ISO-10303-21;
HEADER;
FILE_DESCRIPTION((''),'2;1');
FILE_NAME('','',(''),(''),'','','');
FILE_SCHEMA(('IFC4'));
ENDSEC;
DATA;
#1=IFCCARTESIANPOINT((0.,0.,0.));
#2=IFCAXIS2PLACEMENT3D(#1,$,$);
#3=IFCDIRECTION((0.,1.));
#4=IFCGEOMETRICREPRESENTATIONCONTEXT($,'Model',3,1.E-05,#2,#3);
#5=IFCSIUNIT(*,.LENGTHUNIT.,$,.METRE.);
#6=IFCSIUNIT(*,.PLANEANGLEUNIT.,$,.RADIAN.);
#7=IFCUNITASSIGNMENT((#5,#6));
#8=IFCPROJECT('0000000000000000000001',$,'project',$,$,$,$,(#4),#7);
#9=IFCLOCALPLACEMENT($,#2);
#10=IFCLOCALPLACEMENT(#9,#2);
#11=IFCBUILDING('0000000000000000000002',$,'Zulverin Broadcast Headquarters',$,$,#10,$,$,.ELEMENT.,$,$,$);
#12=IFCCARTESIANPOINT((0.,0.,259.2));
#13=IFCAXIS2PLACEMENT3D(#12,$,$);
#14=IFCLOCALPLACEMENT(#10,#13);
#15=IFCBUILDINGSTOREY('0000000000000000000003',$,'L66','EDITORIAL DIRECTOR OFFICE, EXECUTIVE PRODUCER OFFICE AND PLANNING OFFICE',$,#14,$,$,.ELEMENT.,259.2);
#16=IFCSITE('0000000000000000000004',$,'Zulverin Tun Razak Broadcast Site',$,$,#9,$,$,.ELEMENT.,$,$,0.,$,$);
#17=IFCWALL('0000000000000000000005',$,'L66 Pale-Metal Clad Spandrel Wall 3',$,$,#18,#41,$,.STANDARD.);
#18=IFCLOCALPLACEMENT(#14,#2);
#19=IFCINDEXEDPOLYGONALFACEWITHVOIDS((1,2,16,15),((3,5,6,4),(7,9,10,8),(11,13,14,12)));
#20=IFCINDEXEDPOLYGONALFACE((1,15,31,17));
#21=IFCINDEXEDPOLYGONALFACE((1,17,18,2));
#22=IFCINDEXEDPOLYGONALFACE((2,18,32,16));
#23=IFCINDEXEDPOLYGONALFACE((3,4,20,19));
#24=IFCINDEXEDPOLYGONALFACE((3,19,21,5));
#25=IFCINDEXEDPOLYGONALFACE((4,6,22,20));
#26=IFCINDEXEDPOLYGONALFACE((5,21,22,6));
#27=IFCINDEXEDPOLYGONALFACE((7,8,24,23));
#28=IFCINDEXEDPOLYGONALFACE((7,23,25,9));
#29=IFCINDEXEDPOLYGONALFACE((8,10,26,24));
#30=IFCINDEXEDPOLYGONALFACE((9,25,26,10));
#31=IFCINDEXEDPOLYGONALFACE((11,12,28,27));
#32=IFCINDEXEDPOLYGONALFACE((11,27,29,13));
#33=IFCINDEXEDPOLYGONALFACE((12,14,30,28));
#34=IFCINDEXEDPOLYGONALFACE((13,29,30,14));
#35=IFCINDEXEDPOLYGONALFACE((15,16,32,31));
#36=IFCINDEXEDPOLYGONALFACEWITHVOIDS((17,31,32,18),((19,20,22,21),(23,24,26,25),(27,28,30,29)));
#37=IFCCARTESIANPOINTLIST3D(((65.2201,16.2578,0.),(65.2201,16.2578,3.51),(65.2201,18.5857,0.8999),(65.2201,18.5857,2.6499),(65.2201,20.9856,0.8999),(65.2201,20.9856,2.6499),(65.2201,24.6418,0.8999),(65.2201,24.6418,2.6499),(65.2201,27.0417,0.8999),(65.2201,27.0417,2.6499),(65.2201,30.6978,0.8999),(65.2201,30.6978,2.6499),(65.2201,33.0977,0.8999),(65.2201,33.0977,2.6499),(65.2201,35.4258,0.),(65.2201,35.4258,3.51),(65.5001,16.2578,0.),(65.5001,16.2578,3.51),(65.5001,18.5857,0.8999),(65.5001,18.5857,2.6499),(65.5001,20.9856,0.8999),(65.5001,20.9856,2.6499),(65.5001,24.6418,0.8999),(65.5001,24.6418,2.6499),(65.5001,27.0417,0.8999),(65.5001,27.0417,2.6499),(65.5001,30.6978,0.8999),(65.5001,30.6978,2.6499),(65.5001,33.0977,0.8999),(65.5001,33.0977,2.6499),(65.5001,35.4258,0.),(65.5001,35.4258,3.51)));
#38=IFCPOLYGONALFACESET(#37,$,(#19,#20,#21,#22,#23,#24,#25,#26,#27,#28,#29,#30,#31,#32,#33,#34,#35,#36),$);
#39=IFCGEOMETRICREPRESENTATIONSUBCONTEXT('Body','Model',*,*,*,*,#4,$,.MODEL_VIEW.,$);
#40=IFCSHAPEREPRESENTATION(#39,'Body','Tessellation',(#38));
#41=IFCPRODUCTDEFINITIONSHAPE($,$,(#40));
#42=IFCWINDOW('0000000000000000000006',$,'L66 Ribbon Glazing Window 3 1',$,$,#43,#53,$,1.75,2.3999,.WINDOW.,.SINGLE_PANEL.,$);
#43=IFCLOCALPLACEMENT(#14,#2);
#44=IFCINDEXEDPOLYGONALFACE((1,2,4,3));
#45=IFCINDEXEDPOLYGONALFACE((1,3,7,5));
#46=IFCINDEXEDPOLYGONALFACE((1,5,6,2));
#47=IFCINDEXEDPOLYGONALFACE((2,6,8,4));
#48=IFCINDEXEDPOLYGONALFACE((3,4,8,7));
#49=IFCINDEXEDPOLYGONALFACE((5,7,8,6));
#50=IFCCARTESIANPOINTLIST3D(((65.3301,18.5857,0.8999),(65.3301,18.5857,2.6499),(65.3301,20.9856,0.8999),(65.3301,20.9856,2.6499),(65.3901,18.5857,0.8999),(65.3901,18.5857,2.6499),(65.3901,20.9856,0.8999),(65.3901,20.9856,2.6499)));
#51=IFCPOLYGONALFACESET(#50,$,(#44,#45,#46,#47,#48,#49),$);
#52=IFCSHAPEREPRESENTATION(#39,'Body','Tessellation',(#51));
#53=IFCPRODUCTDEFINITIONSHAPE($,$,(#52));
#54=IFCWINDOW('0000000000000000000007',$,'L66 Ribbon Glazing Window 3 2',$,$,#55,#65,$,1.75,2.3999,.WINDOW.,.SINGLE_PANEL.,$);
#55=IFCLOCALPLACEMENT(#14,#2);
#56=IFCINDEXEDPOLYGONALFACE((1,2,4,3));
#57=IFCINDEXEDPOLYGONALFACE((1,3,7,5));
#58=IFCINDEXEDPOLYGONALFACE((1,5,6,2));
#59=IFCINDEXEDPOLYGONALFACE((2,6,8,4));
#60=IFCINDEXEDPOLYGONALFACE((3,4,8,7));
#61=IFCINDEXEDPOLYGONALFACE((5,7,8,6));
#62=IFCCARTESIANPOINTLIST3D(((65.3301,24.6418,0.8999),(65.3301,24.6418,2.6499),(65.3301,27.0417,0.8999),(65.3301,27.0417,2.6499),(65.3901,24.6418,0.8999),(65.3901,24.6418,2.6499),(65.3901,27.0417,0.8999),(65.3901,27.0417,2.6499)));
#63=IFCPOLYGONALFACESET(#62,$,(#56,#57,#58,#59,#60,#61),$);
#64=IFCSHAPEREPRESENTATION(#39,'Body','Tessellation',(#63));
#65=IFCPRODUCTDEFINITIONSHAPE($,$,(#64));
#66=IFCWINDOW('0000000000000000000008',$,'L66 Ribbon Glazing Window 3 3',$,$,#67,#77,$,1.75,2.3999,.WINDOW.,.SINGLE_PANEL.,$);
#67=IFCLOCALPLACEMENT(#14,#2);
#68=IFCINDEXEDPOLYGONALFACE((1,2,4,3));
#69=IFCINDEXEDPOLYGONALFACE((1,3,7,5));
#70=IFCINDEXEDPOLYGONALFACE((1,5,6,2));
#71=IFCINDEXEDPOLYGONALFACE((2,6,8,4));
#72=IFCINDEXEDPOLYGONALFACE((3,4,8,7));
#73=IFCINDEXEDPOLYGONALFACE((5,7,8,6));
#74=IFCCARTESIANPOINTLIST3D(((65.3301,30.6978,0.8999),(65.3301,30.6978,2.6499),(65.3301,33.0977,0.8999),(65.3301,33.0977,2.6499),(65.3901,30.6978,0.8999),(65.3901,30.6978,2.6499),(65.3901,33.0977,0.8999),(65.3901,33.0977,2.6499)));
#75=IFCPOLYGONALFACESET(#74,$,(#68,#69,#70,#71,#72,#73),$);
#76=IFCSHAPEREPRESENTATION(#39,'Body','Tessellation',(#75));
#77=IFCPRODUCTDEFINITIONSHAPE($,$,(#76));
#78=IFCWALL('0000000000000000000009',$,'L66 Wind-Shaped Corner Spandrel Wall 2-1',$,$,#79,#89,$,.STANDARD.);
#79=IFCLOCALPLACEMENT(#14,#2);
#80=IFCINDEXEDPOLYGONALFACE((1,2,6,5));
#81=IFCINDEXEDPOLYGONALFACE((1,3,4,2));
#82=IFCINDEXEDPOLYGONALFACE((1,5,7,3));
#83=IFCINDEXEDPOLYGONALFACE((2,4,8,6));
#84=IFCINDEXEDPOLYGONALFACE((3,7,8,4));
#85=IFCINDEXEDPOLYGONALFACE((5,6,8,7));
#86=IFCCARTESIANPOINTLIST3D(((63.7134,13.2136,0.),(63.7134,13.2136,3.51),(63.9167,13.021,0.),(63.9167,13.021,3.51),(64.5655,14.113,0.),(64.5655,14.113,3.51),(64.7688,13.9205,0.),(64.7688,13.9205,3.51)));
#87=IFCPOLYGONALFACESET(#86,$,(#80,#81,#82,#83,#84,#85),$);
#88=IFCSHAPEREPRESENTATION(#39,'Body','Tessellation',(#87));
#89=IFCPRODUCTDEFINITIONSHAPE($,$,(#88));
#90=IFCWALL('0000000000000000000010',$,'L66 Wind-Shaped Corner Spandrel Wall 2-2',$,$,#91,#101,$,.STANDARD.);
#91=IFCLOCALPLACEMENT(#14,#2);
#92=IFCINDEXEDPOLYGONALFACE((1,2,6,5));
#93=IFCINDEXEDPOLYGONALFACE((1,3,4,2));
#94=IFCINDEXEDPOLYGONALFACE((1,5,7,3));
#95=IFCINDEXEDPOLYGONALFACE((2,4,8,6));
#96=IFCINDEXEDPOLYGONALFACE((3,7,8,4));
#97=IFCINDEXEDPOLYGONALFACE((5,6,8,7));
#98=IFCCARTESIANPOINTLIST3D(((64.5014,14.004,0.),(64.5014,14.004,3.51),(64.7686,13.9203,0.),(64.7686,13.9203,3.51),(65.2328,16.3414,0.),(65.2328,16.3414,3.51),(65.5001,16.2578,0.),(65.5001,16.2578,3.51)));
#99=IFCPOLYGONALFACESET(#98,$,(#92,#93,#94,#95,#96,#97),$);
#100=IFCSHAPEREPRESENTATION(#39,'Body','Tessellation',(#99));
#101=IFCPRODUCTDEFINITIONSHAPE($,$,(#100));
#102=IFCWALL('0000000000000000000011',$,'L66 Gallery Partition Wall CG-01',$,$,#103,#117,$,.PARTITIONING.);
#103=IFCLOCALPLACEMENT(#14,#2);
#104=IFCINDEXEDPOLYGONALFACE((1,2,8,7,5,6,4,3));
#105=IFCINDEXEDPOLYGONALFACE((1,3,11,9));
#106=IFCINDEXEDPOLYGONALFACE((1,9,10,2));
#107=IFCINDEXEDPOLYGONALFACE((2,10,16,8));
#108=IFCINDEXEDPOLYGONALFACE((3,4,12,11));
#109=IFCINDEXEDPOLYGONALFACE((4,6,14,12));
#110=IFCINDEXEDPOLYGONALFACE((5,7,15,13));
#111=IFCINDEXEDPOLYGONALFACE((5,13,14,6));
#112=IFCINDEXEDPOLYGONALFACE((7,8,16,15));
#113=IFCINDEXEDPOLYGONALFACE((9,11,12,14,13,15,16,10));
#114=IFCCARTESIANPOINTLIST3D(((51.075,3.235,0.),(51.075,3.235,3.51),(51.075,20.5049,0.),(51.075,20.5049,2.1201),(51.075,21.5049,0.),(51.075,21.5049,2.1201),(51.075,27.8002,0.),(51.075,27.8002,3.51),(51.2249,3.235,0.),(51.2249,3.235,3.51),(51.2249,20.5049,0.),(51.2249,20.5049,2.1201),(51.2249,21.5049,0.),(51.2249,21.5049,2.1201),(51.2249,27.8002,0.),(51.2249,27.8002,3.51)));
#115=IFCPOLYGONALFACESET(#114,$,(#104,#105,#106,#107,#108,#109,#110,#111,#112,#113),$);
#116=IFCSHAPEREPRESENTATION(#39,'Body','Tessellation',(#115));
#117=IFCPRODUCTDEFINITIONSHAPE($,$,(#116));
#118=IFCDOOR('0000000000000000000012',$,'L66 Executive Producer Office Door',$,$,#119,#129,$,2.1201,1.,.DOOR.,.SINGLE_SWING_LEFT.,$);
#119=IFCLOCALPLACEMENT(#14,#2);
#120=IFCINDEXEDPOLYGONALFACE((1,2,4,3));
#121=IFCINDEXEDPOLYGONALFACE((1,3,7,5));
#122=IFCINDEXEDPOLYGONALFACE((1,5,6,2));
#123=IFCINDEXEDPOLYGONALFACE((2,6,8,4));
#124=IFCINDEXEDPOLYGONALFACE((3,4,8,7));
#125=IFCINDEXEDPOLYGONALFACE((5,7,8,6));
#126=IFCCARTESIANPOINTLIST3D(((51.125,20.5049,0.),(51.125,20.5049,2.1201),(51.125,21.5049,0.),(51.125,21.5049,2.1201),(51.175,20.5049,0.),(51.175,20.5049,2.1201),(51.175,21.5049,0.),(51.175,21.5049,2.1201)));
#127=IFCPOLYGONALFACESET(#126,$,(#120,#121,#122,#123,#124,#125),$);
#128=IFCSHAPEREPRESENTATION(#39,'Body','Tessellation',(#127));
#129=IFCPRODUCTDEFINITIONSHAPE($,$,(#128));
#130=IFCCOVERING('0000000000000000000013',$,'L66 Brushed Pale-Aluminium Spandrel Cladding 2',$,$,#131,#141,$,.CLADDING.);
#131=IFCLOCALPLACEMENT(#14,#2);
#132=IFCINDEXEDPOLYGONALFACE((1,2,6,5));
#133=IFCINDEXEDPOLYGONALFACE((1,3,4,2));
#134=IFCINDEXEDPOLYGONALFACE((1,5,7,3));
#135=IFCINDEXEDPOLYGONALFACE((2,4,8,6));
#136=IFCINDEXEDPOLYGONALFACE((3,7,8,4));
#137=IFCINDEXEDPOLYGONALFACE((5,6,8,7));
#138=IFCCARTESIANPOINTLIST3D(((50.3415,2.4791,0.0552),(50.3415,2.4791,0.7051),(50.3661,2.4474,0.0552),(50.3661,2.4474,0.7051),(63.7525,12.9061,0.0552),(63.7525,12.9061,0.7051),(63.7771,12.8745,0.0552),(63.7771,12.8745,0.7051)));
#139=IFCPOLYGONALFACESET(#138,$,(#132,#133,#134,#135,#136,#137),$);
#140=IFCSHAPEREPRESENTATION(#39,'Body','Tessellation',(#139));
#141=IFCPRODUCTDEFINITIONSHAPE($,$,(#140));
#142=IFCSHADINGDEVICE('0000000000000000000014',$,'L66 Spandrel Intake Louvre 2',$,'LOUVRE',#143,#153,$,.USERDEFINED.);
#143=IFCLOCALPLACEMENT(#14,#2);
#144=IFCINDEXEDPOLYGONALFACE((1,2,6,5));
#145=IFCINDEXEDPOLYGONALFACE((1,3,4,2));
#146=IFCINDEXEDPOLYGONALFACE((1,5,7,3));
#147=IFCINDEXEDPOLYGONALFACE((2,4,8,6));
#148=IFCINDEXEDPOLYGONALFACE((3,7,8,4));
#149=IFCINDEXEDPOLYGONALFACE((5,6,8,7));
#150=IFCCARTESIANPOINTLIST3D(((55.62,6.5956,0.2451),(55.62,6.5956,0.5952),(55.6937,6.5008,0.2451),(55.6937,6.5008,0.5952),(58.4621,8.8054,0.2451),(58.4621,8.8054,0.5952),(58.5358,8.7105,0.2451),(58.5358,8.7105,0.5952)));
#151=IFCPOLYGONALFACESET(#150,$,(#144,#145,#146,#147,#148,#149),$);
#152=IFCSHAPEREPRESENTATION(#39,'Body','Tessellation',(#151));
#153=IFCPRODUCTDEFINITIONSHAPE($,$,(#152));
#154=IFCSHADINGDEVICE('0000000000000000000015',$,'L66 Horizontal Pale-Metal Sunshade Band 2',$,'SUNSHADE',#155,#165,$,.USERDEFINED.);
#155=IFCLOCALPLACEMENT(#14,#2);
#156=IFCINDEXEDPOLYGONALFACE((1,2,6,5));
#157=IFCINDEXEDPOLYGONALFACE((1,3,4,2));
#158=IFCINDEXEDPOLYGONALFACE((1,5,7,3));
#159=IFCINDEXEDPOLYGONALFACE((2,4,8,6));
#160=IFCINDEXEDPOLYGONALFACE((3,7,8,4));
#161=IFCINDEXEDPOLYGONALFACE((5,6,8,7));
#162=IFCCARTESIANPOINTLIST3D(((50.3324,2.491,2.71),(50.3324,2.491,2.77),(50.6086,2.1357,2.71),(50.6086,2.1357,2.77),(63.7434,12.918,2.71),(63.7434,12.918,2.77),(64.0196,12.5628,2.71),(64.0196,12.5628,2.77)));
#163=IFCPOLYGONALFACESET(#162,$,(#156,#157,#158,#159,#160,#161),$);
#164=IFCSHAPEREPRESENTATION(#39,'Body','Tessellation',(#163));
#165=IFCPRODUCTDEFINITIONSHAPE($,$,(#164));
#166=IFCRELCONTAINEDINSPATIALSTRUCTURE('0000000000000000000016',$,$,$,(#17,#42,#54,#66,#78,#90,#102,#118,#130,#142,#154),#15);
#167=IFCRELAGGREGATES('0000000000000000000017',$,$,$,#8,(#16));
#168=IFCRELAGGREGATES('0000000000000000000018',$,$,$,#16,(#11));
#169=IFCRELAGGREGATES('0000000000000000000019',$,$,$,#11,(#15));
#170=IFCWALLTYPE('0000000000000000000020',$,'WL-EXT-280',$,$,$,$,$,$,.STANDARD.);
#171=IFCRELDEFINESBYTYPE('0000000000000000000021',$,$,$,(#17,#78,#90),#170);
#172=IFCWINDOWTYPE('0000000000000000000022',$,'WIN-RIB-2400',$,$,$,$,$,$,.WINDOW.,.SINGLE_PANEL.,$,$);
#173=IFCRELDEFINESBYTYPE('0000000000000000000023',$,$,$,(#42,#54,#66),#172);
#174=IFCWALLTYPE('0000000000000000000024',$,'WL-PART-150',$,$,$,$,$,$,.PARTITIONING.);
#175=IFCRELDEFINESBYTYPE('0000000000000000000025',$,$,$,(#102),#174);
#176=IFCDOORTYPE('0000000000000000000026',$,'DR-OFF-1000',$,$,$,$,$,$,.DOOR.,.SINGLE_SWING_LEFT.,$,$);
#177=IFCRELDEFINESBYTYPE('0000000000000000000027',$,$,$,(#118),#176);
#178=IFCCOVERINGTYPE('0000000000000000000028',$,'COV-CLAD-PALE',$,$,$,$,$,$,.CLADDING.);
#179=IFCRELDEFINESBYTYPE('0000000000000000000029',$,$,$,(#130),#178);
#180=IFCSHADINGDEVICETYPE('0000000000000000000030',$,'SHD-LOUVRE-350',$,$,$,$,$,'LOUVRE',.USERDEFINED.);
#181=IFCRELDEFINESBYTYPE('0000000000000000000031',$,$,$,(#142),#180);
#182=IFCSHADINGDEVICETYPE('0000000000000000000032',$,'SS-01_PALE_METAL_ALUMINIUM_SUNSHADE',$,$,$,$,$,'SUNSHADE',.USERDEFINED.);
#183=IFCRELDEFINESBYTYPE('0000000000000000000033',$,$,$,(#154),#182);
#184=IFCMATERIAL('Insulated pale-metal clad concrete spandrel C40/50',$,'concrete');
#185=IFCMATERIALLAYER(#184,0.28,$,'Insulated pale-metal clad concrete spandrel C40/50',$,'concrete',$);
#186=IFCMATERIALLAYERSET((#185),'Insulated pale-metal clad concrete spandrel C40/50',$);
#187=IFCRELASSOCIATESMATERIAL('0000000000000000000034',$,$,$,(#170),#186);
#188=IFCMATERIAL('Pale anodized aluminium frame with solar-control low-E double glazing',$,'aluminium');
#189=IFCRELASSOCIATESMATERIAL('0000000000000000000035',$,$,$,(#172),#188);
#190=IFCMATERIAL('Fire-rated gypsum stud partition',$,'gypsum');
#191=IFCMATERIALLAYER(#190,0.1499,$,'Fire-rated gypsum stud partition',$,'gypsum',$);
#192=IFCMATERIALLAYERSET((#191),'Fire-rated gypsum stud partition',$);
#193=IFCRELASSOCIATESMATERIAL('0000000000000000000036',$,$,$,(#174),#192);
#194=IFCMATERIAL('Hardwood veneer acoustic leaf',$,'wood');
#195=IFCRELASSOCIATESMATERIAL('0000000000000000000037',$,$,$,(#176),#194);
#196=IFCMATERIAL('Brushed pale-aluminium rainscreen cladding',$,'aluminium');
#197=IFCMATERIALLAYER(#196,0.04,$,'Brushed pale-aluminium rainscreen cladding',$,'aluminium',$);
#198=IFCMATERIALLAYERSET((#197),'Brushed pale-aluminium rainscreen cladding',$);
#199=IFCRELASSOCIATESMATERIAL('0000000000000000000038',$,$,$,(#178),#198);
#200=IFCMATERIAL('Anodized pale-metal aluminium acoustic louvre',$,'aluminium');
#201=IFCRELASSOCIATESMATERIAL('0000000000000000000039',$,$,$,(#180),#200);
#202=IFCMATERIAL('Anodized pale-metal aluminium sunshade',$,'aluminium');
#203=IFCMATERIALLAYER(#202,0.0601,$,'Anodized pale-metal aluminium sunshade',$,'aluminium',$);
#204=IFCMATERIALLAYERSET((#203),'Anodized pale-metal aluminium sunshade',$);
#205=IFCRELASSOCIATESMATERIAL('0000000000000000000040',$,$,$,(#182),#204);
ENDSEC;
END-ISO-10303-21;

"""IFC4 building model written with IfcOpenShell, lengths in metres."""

from ifc_helpers import new_model, si_unit, direction, frame, frame_2d, origin, origin_2d, place, context, subcontext, project, spatial, rectangle, extrude, material, layer, layer_set, type_object, element, fill, save


model = new_model("IFC4")

# Units and contexts
model_context = context("Model", 3, precision=1e-05, world=origin(), true_north=direction((0.0, 1.0)))
body_context = subcontext(model_context, "Body", "Model", "MODEL_VIEW")
ifc_project = project(units=[si_unit("LENGTHUNIT", "METRE"), si_unit("PLANEANGLEUNIT", "RADIAN")], contexts=[model_context])

# Site, building, storey
site_placement = place(None, origin())
site = spatial("IfcSite", under=ifc_project, at=site_placement, Name="Zulverin Tun Razak Broadcast Site", CompositionType="ELEMENT", RefElevation=0.0)
building_placement = place(site_placement, origin())
building = spatial("IfcBuilding", under=site, at=building_placement, Name="Zulverin Broadcast Headquarters", CompositionType="ELEMENT")
storey_placement = place(building_placement, frame((0.0, 0.0, 259.2)))
storey = spatial("IfcBuildingStorey", under=building, at=storey_placement, Name="L66", Description="EDITORIAL DIRECTOR OFFICE, EXECUTIVE PRODUCER OFFICE AND PLANNING OFFICE", CompositionType="ELEMENT", Elevation=259.2)

# Wall, openings, windows
ifc_material_1 = material(Name="Insulated pale-metal clad concrete spandrel C40/50", Category="concrete")
ifc_layer_1 = layer(ifc_material_1, 0.28, Name="Insulated pale-metal clad concrete spandrel C40/50", Category="concrete")
ifc_layer_set_1 = layer_set([ifc_layer_1], Name="Insulated pale-metal clad concrete spandrel C40/50")
wall_type_1 = type_object("IfcWallType", Name="WL-EXT-280", PredefinedType="STANDARD", material=ifc_layer_set_1)
wall_1_placement = place(storey_placement, frame((65.3601, 16.2578, 0.0), z_axis=(0.0, 0.0, 1.0), x_axis=(0.0, 1.0, 0.0)))
wall_1 = element("IfcWall", 1, at=wall_1_placement, inside=storey, type_object=wall_type_1, Name="L66 Pale-Metal Clad Spandrel Wall 3", PredefinedType="STANDARD", context=body_context, shape_type="SweptSolid", body=[
    extrude(rectangle(XDim=19.168, YDim=0.28, at=frame_2d((9.584, 0.0))), origin(), (0.0, 0.0, 1.0), 3.51),
])
opening_1_placement = place(wall_1_placement, frame((2.3279, 0.0, 0.8999)))
opening_1 = element("IfcOpeningElement", 2, at=opening_1_placement, cuts=wall_1, PredefinedType="OPENING", context=body_context, shape_type="SweptSolid", body=[
    extrude(rectangle(XDim=2.3999, YDim=1.75, at=frame_2d((1.2, 0.875))), frame((0.0, 0.1499, 0.0), z_axis=(0.0, -1.0, 0.0), x_axis=(1.0, 0.0, 0.0)), (0.0, 0.0, 1.0), 0.3),
])
opening_2_placement = place(wall_1_placement, frame((8.384, 0.0, 0.8999)))
opening_2 = element("IfcOpeningElement", 3, at=opening_2_placement, cuts=wall_1, PredefinedType="OPENING", context=body_context, shape_type="SweptSolid", body=[
    extrude(rectangle(XDim=2.3999, YDim=1.75, at=frame_2d((1.2, 0.875))), frame((0.0, 0.1499, 0.0), z_axis=(0.0, -1.0, 0.0), x_axis=(1.0, 0.0, 0.0)), (0.0, 0.0, 1.0), 0.3),
])
opening_3_placement = place(wall_1_placement, frame((14.4399, 0.0, 0.8999)))
opening_3 = element("IfcOpeningElement", 4, at=opening_3_placement, cuts=wall_1, PredefinedType="OPENING", context=body_context, shape_type="SweptSolid", body=[
    extrude(rectangle(XDim=2.3999, YDim=1.75, at=frame_2d((1.2, 0.875))), frame((0.0, 0.1499, 0.0), z_axis=(0.0, -1.0, 0.0), x_axis=(1.0, 0.0, 0.0)), (0.0, 0.0, 1.0), 0.3),
])
ifc_material_2 = material(Name="Pale anodized aluminium frame with solar-control low-E double glazing", Category="aluminium")
window_type = type_object("IfcWindowType", Name="WIN-RIB-2400", PartitioningType="SINGLE_PANEL", PredefinedType="WINDOW", material=ifc_material_2)
window_1_placement = place(opening_1_placement, origin())
window_1 = element("IfcWindow", 5, at=window_1_placement, inside=storey, type_object=window_type, Name="L66 Ribbon Glazing Window 3 1", OverallHeight=1.75, OverallWidth=2.3999, PartitioningType="SINGLE_PANEL", PredefinedType="WINDOW", context=body_context, shape_type="SweptSolid", body=[
    extrude(rectangle(XDim=2.3999, YDim=1.75, at=frame_2d((1.2, 0.875))), frame((0.0, 0.03, 0.0), z_axis=(0.0, -1.0, 0.0), x_axis=(1.0, 0.0, 0.0)), (0.0, 0.0, 1.0), 0.0601),
])
fill(opening_1, window_1)
window_2_placement = place(opening_2_placement, origin())
window_2 = element("IfcWindow", 6, at=window_2_placement, inside=storey, type_object=window_type, Name="L66 Ribbon Glazing Window 3 2", OverallHeight=1.75, OverallWidth=2.3999, PartitioningType="SINGLE_PANEL", PredefinedType="WINDOW", context=body_context, shape_type="SweptSolid", body=[
    extrude(rectangle(XDim=2.3999, YDim=1.75, at=frame_2d((1.2, 0.875))), frame((0.0, 0.03, 0.0), z_axis=(0.0, -1.0, 0.0), x_axis=(1.0, 0.0, 0.0)), (0.0, 0.0, 1.0), 0.0601),
])
fill(opening_2, window_2)
window_3_placement = place(opening_3_placement, origin())
window_3 = element("IfcWindow", 7, at=window_3_placement, inside=storey, type_object=window_type, Name="L66 Ribbon Glazing Window 3 3", OverallHeight=1.75, OverallWidth=2.3999, PartitioningType="SINGLE_PANEL", PredefinedType="WINDOW", context=body_context, shape_type="SweptSolid", body=[
    extrude(rectangle(XDim=2.3999, YDim=1.75, at=frame_2d((1.2, 0.875))), frame((0.0, 0.03, 0.0), z_axis=(0.0, -1.0, 0.0), x_axis=(1.0, 0.0, 0.0)), (0.0, 0.0, 1.0), 0.0601),
])
fill(opening_3, window_3)

# Walls
wall_2_placement = place(storey_placement, frame((63.8149, 13.1172, 0.0), z_axis=(0.0, 0.0, 1.0), x_axis=(0.687734, 0.725963, 0.0)))
element("IfcWall", 8, at=wall_2_placement, inside=storey, type_object=wall_type_1, Name="L66 Wind-Shaped Corner Spandrel Wall 2-1", PredefinedType="STANDARD", context=body_context, shape_type="SweptSolid", body=[
    extrude(rectangle(XDim=1.239, YDim=0.28, at=frame_2d((0.6196, 0.0))), origin(), (0.0, 0.0, 1.0), 3.51),
])
wall_3_placement = place(storey_placement, frame((64.635, 13.9622, 0.0), z_axis=(0.0, 0.0, 1.0), x_axis=(0.29865, 0.954363, 0.0)))
element("IfcWall", 9, at=wall_3_placement, inside=storey, type_object=wall_type_1, Name="L66 Wind-Shaped Corner Spandrel Wall 2-2", PredefinedType="STANDARD", context=body_context, shape_type="SweptSolid", body=[
    extrude(rectangle(XDim=2.4492, YDim=0.28, at=frame_2d((1.2246, 0.0))), origin(), (0.0, 0.0, 1.0), 3.51),
])

# Wall, opening, door
ifc_material_3 = material(Name="Fire-rated gypsum stud partition", Category="gypsum")
ifc_layer_2 = layer(ifc_material_3, 0.1499, Name="Fire-rated gypsum stud partition", Category="gypsum")
ifc_layer_set_2 = layer_set([ifc_layer_2], Name="Fire-rated gypsum stud partition")
wall_type_2 = type_object("IfcWallType", Name="WL-PART-150", PredefinedType="PARTITIONING", material=ifc_layer_set_2)
wall_4_placement = place(storey_placement, frame((51.1499, 3.2349, 0.0), z_axis=(0.0, 0.0, 1.0), x_axis=(0.0, 1.0, 0.0)))
wall_4 = element("IfcWall", 10, at=wall_4_placement, inside=storey, type_object=wall_type_2, Name="L66 Gallery Partition Wall CG-01", PredefinedType="PARTITIONING", context=body_context, shape_type="SweptSolid", body=[
    extrude(rectangle(XDim=24.5652, YDim=0.1499, at=frame_2d((12.2827, 0.0))), origin(), (0.0, 0.0, 1.0), 3.51),
])
opening_4_placement = place(wall_4_placement, frame((17.27, 0.0, 0.0)))
opening_4 = element("IfcOpeningElement", 11, at=opening_4_placement, cuts=wall_4, PredefinedType="OPENING", context=body_context, shape_type="SweptSolid", body=[
    extrude(rectangle(XDim=1.0, YDim=2.1201, at=frame_2d((0.5, 1.0601))), frame((0.0, 0.085, 0.0), z_axis=(0.0, -1.0, 0.0), x_axis=(1.0, 0.0, 0.0)), (0.0, 0.0, 1.0), 0.1699),
])
ifc_material_4 = material(Name="Hardwood veneer acoustic leaf", Category="wood")
door_type = type_object("IfcDoorType", Name="DR-OFF-1000", OperationType="SINGLE_SWING_LEFT", PredefinedType="DOOR", material=ifc_material_4)
door_placement = place(opening_4_placement, origin())
door = element("IfcDoor", 12, at=door_placement, inside=storey, type_object=door_type, Name="L66 Executive Producer Office Door", OperationType="SINGLE_SWING_LEFT", OverallHeight=2.1201, OverallWidth=1.0, PredefinedType="DOOR", context=body_context, shape_type="SweptSolid", body=[
    extrude(rectangle(XDim=1.0, YDim=2.1201, at=frame_2d((0.5, 1.0601))), frame((0.0, 0.0249, 0.0), z_axis=(0.0, -1.0, 0.0), x_axis=(1.0, 0.0, 0.0)), (0.0, 0.0, 1.0), 0.05),
])
fill(opening_4, door)

# Covering
ifc_material_5 = material(Name="Brushed pale-aluminium rainscreen cladding", Category="aluminium")
ifc_layer_3 = layer(ifc_material_5, 0.04, Name="Brushed pale-aluminium rainscreen cladding", Category="aluminium")
ifc_layer_set_3 = layer_set([ifc_layer_3], Name="Brushed pale-aluminium rainscreen cladding")
covering_type = type_object("IfcCoveringType", Name="COV-CLAD-PALE", PredefinedType="CLADDING", material=ifc_layer_set_3)
covering_placement = place(storey_placement, frame((57.0593, 7.6768, 0.0552), z_axis=(0.0, 0.0, 1.0), x_axis=(0.789459, 0.613803, 0.0)))
element("IfcCovering", 13, at=covering_placement, inside=storey, type_object=covering_type, Name="L66 Brushed Pale-Aluminium Spandrel Cladding 2", PredefinedType="CLADDING", context=body_context, shape_type="SweptSolid", body=[
    extrude(rectangle(XDim=16.9875, YDim=0.04, at=origin_2d()), origin(), (0.0, 0.0, 1.0), 0.6499),
])

# Shading devices
ifc_material_6 = material(Name="Anodized pale-metal aluminium acoustic louvre", Category="aluminium")
shading_device_type_1 = type_object("IfcShadingDeviceType", Name="SHD-LOUVRE-350", ElementType="LOUVRE", PredefinedType="USERDEFINED", material=ifc_material_6)
shading_device_1_placement = place(storey_placement, frame((57.0779, 7.6531, 0.2451), z_axis=(0.0, 0.0, 1.0), x_axis=(0.789459, 0.613803, 0.0)))
element("IfcShadingDevice", 14, at=shading_device_1_placement, inside=storey, type_object=shading_device_type_1, Name="L66 Spandrel Intake Louvre 2", ObjectType="LOUVRE", PredefinedType="USERDEFINED", context=body_context, shape_type="SweptSolid", body=[
    extrude(rectangle(XDim=3.6001, YDim=0.1201, at=origin_2d()), origin(), (0.0, 0.0, 1.0), 0.3501),
])
ifc_material_7 = material(Name="Anodized pale-metal aluminium sunshade", Category="aluminium")
ifc_layer_4 = layer(ifc_material_7, 0.0601, Name="Anodized pale-metal aluminium sunshade", Category="aluminium")
ifc_layer_set_4 = layer_set([ifc_layer_4], Name="Anodized pale-metal aluminium sunshade")
shading_device_type_2 = type_object("IfcShadingDeviceType", Name="SS-01_PALE_METAL_ALUMINIUM_SUNSHADE", ElementType="SUNSHADE", PredefinedType="USERDEFINED", material=ifc_layer_set_4)
shading_device_2_placement = place(storey_placement, frame((57.176, 7.5269, 2.71), z_axis=(0.0, 0.0, 1.0), x_axis=(0.789459, 0.613803, 0.0)))
element("IfcShadingDevice", 15, at=shading_device_2_placement, inside=storey, type_object=shading_device_type_2, Name="L66 Horizontal Pale-Metal Sunshade Band 2", ObjectType="SUNSHADE", PredefinedType="USERDEFINED", context=body_context, shape_type="SweptSolid", body=[
    extrude(rectangle(XDim=16.9875, YDim=0.45, at=origin_2d()), origin(), (0.0, 0.0, 1.0), 0.0601),
])

save(model, "model.ifc")
